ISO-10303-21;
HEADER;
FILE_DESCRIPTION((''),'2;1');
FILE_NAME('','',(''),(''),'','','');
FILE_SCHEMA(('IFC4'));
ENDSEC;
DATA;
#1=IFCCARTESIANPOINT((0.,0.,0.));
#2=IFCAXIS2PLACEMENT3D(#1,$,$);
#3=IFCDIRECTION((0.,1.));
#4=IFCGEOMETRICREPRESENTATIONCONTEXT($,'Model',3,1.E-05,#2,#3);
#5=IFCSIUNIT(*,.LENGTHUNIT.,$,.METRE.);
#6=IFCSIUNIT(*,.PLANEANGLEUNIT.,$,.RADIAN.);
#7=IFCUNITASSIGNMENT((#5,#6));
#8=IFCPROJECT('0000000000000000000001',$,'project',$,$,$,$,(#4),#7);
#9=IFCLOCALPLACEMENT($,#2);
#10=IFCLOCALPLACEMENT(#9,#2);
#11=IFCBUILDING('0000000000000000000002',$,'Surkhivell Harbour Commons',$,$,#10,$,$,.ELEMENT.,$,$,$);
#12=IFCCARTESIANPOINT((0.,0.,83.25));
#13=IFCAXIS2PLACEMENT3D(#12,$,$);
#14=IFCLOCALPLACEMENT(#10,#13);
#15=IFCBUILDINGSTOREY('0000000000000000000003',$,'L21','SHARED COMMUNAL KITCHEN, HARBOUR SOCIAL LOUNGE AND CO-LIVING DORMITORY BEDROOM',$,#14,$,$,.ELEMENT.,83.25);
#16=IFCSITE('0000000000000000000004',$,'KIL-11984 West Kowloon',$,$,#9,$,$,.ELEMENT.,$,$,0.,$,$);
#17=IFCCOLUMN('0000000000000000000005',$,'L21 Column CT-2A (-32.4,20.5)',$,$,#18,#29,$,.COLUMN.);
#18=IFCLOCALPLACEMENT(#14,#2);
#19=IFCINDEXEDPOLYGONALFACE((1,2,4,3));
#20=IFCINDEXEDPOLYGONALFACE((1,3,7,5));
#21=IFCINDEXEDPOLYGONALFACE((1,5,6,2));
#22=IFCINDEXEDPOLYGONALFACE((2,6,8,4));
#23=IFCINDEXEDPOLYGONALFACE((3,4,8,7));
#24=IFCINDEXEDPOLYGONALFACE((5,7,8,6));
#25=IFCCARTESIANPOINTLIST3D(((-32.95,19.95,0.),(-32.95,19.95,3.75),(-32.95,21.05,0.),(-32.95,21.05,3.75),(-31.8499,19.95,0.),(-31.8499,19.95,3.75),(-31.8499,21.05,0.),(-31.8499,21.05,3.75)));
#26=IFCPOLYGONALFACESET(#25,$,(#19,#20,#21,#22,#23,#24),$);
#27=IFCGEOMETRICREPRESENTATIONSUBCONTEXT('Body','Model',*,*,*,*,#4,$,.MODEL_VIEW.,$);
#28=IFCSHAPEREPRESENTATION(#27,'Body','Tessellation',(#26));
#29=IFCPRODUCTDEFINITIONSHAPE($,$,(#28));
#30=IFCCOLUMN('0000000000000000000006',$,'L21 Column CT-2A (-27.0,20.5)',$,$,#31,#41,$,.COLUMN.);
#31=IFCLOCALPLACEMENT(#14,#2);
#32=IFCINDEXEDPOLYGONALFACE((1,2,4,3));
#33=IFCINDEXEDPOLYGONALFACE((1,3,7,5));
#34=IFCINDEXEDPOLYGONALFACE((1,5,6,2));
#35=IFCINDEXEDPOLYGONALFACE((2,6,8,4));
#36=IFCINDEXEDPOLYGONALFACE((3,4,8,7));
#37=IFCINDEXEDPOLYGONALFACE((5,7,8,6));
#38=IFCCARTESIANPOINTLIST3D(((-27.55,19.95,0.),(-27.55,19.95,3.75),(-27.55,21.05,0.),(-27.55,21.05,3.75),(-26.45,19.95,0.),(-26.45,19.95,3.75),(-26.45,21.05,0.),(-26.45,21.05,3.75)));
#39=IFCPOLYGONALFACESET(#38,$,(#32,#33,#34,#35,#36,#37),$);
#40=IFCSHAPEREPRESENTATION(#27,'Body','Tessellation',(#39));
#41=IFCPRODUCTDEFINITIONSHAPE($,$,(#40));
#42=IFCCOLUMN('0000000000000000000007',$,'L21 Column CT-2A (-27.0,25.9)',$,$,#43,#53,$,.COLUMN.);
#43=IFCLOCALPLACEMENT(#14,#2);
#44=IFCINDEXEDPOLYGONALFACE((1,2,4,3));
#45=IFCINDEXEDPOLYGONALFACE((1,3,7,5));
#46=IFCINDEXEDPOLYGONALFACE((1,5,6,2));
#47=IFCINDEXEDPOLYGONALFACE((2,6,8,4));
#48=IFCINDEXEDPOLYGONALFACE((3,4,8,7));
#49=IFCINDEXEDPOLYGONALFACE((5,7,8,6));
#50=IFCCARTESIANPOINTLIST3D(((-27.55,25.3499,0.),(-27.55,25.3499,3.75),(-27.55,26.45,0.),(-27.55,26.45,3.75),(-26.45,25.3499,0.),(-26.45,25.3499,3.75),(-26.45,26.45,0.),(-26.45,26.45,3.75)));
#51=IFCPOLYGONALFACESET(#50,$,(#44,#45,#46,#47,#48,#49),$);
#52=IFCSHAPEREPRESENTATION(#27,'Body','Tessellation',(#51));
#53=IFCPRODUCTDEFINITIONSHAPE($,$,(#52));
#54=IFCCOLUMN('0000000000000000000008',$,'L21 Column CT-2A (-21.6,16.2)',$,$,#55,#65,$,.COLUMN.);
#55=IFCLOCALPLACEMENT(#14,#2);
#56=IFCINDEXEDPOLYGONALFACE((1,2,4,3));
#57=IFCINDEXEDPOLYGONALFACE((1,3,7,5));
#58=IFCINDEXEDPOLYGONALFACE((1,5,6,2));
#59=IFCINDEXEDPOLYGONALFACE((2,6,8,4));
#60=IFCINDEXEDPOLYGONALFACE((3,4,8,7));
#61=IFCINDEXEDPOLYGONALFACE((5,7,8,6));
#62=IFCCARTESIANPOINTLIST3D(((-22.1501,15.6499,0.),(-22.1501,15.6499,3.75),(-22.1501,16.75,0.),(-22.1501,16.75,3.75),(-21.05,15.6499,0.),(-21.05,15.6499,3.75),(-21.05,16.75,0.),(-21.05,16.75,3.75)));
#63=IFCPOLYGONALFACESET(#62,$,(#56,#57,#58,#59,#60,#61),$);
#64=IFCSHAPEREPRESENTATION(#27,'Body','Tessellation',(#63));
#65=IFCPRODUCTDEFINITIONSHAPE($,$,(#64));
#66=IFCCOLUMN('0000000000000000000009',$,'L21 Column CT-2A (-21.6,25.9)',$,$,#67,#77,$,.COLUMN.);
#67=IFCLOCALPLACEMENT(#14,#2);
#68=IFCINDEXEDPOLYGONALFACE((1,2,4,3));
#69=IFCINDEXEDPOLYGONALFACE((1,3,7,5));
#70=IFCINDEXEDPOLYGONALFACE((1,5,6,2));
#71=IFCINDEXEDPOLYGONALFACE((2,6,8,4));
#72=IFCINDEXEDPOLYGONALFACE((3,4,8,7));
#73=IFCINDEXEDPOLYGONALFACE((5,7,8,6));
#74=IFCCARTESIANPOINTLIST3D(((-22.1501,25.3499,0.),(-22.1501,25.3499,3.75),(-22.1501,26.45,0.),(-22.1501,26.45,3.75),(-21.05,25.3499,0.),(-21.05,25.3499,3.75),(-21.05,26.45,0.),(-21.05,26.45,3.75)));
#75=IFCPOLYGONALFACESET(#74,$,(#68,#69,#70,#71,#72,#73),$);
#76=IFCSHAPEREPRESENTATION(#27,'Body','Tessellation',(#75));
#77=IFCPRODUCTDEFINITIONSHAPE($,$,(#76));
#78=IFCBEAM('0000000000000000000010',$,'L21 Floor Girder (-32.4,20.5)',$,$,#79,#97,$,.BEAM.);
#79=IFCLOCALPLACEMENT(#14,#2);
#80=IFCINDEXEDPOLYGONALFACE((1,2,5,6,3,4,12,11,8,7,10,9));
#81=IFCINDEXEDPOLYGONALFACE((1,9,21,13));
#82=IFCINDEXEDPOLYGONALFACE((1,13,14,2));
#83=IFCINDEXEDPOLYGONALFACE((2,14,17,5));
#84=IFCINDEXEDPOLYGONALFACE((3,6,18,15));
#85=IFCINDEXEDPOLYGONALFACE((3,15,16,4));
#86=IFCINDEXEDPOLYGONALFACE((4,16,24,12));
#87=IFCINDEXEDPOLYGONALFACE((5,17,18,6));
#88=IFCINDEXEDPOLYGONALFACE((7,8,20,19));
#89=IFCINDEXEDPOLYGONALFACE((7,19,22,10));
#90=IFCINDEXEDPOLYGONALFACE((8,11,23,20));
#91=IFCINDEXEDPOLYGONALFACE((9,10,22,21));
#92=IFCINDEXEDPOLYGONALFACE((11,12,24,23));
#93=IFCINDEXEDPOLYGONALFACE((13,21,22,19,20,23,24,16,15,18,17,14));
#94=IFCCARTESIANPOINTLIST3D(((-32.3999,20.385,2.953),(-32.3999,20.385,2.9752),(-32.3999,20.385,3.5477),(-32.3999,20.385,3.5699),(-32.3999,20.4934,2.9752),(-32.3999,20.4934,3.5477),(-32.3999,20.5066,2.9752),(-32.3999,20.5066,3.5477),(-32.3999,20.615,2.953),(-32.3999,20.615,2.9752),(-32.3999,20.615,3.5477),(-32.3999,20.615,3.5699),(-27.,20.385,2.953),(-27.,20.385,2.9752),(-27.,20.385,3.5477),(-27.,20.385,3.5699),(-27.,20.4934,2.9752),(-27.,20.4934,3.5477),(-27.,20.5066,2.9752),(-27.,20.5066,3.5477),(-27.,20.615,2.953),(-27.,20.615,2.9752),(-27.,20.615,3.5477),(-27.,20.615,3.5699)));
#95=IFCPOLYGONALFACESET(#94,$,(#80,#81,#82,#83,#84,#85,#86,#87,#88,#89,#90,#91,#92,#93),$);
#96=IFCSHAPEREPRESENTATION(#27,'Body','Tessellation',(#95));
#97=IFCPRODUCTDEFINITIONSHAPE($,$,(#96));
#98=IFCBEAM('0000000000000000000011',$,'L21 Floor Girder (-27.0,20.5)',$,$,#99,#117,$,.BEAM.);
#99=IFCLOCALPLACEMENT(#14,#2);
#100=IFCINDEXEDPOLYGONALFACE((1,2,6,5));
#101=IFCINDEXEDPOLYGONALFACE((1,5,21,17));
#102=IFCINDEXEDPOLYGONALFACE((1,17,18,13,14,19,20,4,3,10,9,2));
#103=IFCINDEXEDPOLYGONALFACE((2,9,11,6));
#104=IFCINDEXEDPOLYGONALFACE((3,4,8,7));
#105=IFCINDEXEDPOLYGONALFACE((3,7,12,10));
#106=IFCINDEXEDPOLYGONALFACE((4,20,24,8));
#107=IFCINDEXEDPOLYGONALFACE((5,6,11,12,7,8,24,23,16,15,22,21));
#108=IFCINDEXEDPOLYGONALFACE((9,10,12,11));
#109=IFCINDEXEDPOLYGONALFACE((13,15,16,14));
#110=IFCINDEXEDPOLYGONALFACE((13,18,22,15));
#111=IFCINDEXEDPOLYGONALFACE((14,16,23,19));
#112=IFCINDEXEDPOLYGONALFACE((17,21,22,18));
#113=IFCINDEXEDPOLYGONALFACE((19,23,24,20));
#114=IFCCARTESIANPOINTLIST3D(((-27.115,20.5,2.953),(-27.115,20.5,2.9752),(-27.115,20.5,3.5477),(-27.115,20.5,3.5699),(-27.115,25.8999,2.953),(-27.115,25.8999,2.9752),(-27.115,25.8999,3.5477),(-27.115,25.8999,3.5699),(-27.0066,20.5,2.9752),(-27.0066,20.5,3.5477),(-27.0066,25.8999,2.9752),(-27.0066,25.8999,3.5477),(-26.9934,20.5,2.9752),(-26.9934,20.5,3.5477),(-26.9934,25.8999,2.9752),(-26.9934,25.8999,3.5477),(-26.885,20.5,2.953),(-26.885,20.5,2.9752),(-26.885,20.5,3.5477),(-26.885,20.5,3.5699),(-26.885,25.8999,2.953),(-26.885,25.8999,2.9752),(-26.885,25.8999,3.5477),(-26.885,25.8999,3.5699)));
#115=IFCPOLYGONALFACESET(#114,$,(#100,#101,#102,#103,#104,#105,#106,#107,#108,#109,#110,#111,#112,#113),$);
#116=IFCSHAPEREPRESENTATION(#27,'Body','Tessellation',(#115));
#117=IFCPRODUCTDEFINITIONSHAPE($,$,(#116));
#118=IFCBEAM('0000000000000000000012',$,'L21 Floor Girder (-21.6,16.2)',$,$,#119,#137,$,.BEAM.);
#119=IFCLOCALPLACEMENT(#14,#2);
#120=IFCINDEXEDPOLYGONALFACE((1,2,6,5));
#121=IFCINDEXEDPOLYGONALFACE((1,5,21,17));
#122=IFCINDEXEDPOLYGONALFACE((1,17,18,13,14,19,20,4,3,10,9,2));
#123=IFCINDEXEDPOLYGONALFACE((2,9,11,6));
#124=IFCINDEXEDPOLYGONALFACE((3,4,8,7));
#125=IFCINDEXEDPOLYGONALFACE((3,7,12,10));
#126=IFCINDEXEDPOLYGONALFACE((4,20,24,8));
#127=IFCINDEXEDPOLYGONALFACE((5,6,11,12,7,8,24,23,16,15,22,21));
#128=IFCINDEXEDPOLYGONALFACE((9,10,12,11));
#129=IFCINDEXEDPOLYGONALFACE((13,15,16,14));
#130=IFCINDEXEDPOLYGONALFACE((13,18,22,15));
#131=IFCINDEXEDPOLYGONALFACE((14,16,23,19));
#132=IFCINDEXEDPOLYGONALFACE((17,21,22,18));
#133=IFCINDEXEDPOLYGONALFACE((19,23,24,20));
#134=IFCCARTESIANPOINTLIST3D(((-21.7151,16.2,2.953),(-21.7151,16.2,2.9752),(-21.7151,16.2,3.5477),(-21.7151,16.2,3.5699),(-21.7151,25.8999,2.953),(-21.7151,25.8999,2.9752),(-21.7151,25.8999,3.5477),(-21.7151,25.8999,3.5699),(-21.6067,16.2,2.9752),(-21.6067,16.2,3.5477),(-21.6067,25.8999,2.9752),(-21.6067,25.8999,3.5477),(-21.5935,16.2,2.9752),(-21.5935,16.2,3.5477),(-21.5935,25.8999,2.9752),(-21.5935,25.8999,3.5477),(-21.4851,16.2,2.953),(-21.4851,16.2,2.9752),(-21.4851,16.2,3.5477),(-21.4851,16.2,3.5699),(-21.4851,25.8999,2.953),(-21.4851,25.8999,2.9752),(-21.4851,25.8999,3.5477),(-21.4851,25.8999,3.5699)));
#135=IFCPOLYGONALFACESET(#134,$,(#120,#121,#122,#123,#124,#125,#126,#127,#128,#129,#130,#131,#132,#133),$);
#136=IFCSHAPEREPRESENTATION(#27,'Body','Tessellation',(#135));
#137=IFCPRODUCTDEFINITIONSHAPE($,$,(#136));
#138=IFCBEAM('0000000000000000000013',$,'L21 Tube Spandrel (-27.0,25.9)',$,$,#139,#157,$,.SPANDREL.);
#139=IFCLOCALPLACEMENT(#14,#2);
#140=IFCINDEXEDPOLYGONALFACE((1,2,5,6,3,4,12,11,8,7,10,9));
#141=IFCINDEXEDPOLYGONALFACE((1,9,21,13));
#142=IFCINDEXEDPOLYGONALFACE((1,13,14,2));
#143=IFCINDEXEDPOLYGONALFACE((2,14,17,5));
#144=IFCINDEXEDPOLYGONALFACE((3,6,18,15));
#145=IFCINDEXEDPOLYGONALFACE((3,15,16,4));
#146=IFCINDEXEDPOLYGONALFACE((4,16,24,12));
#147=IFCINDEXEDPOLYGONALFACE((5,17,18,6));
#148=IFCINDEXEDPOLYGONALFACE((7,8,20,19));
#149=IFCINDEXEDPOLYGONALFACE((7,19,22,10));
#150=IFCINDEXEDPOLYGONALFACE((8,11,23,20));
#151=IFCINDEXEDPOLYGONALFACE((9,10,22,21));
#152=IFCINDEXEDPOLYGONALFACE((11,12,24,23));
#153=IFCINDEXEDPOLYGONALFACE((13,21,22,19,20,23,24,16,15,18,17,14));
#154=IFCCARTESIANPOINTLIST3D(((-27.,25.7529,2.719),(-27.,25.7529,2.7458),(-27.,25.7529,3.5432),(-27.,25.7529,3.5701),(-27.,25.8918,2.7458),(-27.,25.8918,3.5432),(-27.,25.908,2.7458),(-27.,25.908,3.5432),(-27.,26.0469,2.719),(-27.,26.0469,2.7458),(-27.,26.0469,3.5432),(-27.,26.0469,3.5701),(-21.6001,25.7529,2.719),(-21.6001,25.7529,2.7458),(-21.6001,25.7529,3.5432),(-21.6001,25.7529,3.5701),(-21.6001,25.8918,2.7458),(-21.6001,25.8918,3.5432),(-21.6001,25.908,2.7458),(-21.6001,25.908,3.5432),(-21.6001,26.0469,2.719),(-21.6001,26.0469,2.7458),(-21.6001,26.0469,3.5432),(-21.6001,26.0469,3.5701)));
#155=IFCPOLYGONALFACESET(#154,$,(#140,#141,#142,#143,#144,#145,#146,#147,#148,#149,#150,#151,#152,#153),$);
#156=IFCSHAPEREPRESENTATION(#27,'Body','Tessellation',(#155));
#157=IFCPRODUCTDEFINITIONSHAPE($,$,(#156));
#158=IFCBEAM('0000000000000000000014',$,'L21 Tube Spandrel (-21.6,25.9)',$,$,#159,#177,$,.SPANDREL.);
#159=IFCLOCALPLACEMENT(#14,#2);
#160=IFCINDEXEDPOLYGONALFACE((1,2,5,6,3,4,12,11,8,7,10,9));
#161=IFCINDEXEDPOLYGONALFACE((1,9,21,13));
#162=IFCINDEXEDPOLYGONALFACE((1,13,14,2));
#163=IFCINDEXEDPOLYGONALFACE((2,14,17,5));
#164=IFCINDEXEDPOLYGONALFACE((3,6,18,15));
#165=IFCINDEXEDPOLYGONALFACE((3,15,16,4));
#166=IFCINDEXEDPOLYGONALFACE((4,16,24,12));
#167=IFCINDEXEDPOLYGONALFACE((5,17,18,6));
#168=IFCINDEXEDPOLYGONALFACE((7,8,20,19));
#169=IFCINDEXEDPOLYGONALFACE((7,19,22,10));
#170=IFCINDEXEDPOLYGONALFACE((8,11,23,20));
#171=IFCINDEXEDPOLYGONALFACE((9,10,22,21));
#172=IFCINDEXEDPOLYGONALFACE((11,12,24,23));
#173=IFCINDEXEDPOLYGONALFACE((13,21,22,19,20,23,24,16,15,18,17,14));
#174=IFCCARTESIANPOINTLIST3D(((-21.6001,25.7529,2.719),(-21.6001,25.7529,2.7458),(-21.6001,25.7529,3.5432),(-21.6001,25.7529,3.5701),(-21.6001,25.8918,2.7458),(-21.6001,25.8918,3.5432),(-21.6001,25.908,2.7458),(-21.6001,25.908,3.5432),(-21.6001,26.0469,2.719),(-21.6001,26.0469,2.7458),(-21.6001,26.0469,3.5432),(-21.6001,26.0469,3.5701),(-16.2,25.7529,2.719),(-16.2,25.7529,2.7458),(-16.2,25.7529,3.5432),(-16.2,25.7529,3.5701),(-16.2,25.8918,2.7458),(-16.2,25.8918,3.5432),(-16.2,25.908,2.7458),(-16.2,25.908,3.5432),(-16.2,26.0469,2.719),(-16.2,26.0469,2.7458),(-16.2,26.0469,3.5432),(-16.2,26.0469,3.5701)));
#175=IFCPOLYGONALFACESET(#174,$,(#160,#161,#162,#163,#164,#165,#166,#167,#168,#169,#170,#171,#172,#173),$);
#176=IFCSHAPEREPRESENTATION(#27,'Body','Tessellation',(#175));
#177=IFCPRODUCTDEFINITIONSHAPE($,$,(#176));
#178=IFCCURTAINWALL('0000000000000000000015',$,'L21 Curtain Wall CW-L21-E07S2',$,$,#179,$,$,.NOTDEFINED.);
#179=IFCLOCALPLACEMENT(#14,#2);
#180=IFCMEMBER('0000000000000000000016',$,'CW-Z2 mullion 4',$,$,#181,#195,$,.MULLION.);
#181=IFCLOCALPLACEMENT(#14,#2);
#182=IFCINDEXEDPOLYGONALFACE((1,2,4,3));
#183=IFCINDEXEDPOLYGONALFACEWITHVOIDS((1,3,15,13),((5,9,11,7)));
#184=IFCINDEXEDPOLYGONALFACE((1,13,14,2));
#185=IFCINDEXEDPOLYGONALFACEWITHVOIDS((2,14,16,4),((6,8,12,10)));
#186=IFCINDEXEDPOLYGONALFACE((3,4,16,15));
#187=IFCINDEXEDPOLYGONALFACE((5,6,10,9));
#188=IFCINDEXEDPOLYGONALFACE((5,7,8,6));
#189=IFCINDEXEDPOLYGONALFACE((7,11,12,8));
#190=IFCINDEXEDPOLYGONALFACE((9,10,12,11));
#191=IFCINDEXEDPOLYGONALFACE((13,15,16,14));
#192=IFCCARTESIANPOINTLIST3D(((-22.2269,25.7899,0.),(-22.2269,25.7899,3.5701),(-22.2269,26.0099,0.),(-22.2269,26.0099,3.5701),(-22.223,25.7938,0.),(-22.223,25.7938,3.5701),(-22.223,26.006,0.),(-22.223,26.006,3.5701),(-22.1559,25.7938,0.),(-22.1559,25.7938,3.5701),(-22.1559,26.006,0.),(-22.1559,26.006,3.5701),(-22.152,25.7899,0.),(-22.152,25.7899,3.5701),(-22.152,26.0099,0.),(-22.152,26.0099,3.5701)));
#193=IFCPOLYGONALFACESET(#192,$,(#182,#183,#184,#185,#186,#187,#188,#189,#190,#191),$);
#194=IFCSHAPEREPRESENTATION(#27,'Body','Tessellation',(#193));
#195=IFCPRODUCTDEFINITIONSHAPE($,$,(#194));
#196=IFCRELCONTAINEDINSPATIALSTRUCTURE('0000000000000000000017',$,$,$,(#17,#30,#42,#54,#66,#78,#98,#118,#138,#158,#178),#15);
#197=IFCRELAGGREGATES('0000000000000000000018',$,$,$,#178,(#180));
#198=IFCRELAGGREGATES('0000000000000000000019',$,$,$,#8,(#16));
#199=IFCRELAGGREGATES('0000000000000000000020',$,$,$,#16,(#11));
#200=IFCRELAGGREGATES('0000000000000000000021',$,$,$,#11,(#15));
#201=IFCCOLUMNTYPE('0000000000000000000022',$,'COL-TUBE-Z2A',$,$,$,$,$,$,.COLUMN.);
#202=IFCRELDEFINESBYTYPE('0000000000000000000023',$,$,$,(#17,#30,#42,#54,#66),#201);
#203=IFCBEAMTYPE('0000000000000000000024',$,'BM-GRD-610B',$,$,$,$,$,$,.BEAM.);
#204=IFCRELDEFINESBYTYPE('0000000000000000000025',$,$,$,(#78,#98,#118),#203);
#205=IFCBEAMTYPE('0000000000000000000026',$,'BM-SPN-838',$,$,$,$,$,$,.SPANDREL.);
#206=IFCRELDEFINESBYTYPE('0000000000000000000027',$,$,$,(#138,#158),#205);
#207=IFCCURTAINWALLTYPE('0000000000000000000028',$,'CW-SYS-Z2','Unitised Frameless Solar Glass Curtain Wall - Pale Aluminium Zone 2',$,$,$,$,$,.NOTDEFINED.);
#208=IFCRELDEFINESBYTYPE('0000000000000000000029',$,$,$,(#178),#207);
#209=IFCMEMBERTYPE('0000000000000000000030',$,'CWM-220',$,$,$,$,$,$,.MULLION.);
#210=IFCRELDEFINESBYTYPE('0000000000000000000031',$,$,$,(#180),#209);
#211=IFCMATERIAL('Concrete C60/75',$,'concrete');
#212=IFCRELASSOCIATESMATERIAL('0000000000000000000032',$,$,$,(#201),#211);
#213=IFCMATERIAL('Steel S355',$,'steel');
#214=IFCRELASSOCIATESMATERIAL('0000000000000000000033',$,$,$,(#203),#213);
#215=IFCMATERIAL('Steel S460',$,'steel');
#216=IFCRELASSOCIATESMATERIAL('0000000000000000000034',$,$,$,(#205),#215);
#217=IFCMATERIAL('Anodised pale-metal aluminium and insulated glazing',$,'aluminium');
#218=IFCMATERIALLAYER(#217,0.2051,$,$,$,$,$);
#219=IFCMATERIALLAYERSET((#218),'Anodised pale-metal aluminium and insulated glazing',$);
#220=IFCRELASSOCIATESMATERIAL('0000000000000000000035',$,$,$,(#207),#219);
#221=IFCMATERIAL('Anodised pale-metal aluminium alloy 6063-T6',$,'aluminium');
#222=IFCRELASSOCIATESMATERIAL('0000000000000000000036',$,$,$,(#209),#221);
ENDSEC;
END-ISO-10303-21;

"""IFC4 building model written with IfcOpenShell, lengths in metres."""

from ifc_helpers import new_model, si_unit, direction, frame, origin, origin_2d, place, context, subcontext, project, spatial, rectangle, hollow_rectangle, i_section, extrude, material, layer, layer_set, material_profile, profile_set, type_object, element, aggregate, save


model = new_model("IFC4")

# Units and contexts
model_context = context("Model", 3, precision=1e-05, world=origin(), true_north=direction((0.0, 1.0)))
body_context = subcontext(model_context, "Body", "Model", "MODEL_VIEW")
ifc_project = project(units=[si_unit("LENGTHUNIT", "METRE"), si_unit("PLANEANGLEUNIT", "RADIAN")], contexts=[model_context])

# Site, building, storey
site_placement = place(None, origin())
site = spatial("IfcSite", under=ifc_project, at=site_placement, Name="KIL-11984 West Kowloon", CompositionType="ELEMENT", RefElevation=0.0)
building_placement = place(site_placement, origin())
building = spatial("IfcBuilding", under=site, at=building_placement, Name="Surkhivell Harbour Commons", CompositionType="ELEMENT")
storey_placement = place(building_placement, frame((0.0, 0.0, 83.25)))
storey = spatial("IfcBuildingStorey", under=building, at=storey_placement, Name="L21", Description="SHARED COMMUNAL KITCHEN, HARBOUR SOCIAL LOUNGE AND CO-LIVING DORMITORY BEDROOM", CompositionType="ELEMENT", Elevation=83.25)

# Columns
ifc_material_1 = material(Name="Concrete C60/75", Category="concrete")
ifc_material_profile_1 = material_profile(ifc_material_1, rectangle(XDim=1.1001, YDim=1.1001, at=origin_2d()), Name="RC-COL-1100x1100")
ifc_profile_set_1 = profile_set([ifc_material_profile_1], Name="Concrete C60/75")
column_type = type_object("IfcColumnType", Name="COL-TUBE-Z2A", PredefinedType="COLUMN", material=ifc_profile_set_1)
for number, where, z_axis, x_axis, name in (
    (1, (-32.3999, 20.5, 0.0), (0.0, 0.0, 1.0), (1.0, 0.0, 0.0), "L21 Column CT-2A (-32.4,20.5)"),
    (2, (-27.0, 20.5, 0.0), (0.0, 0.0, 1.0), (1.0, 0.0, 0.0), "L21 Column CT-2A (-27.0,20.5)"),
    (3, (-27.0, 25.8999, 0.0), (0.0, 0.0, 1.0), (1.0, 0.0, 0.0), "L21 Column CT-2A (-27.0,25.9)"),
    (4, (-21.6001, 16.2, 0.0), (0.0, 0.0, 1.0), (1.0, 0.0, 0.0), "L21 Column CT-2A (-21.6,16.2)"),
    (5, (-21.6001, 25.8999, 0.0), (0.0, 0.0, 1.0), (1.0, 0.0, 0.0), "L21 Column CT-2A (-21.6,25.9)"),
):
    element("IfcColumn", number, at=place(storey_placement, frame(where, z_axis=z_axis, x_axis=x_axis)), inside=storey, type_object=column_type, Name=name, PredefinedType="COLUMN", context=body_context, shape_type="SweptSolid", body=[
        extrude(rectangle(XDim=1.1001, YDim=1.1001, at=origin_2d()), origin(), (0.0, 0.0, 1.0), 3.75),
    ])

# Beams
ifc_material_2 = material(Name="Steel S355", Category="steel")
ifc_material_profile_2 = material_profile(ifc_material_2, i_section(OverallWidth=0.23, OverallDepth=0.6169, WebThickness=0.0132, FlangeThickness=0.0222, at=origin_2d()), Name="UB610x229x140")
ifc_profile_set_2 = profile_set([ifc_material_profile_2], Name="Steel S355")
beam_type_1 = type_object("IfcBeamType", Name="BM-GRD-610B", PredefinedType="BEAM", material=ifc_profile_set_2)
for number, where, z_axis, x_axis, name in (
    (6, (-32.3999, 20.5, 3.2615), (1.0, 0.0, 0.0), (0.0, 1.0, 0.0), "L21 Floor Girder (-32.4,20.5)"),
    (7, (-27.0, 20.5, 3.2615), (0.0, 1.0, 0.0), (-1.0, 0.0, 0.0), "L21 Floor Girder (-27.0,20.5)"),
):
    element("IfcBeam", number, at=place(storey_placement, frame(where, z_axis=z_axis, x_axis=x_axis)), inside=storey, type_object=beam_type_1, Name=name, PredefinedType="BEAM", context=body_context, shape_type="SweptSolid", body=[
        extrude(i_section(OverallWidth=0.23, OverallDepth=0.6169, WebThickness=0.0132, FlangeThickness=0.0222, at=origin_2d()), origin(), (0.0, 0.0, 1.0), 5.3999),
    ])
beam_1_placement = place(storey_placement, frame((-21.6001, 16.2, 3.2615), z_axis=(0.0, 1.0, 0.0), x_axis=(-1.0, 0.0, 0.0)))
element("IfcBeam", 8, at=beam_1_placement, inside=storey, type_object=beam_type_1, Name="L21 Floor Girder (-21.6,16.2)", PredefinedType="BEAM", context=body_context, shape_type="SweptSolid", body=[
    extrude(i_section(OverallWidth=0.23, OverallDepth=0.6169, WebThickness=0.0132, FlangeThickness=0.0222, at=origin_2d()), origin(), (0.0, 0.0, 1.0), 9.7),
])
ifc_material_3 = material(Name="Steel S460", Category="steel")
ifc_material_profile_3 = material_profile(ifc_material_3, i_section(OverallWidth=0.2939, OverallDepth=0.8511, WebThickness=0.0161, FlangeThickness=0.0269, at=origin_2d()), Name="UB838x292x226")
ifc_profile_set_3 = profile_set([ifc_material_profile_3], Name="Steel S460")
beam_type_2 = type_object("IfcBeamType", Name="BM-SPN-838", PredefinedType="SPANDREL", material=ifc_profile_set_3)
beam_2_placement = place(storey_placement, frame((-27.0, 25.8999, 3.1445), z_axis=(1.0, 0.0, 0.0), x_axis=(0.0, 1.0, 0.0)))
element("IfcBeam", 9, at=beam_2_placement, inside=storey, type_object=beam_type_2, Name="L21 Tube Spandrel (-27.0,25.9)", PredefinedType="SPANDREL", context=body_context, shape_type="SweptSolid", body=[
    extrude(i_section(OverallWidth=0.2939, OverallDepth=0.8511, WebThickness=0.0161, FlangeThickness=0.0269, at=origin_2d()), origin(), (0.0, 0.0, 1.0), 5.3999),
])
beam_3_placement = place(storey_placement, frame((-21.6001, 25.8999, 3.1445), z_axis=(1.0, 0.0, 0.0), x_axis=(0.0, 1.0, 0.0)))
element("IfcBeam", 10, at=beam_3_placement, inside=storey, type_object=beam_type_2, Name="L21 Tube Spandrel (-21.6,25.9)", PredefinedType="SPANDREL", context=body_context, shape_type="SweptSolid", body=[
    extrude(i_section(OverallWidth=0.2939, OverallDepth=0.8511, WebThickness=0.0161, FlangeThickness=0.0269, at=origin_2d()), origin(), (0.0, 0.0, 1.0), 5.4001),
])

# Curtain wall, member
ifc_material_4 = material(Name="Anodised pale-metal aluminium and insulated glazing", Category="aluminium")
ifc_layer_1 = layer(ifc_material_4, 0.2051)
ifc_layer_set_1 = layer_set([ifc_layer_1], Name="Anodised pale-metal aluminium and insulated glazing")
curtain_wall_type = type_object("IfcCurtainWallType", Name="CW-SYS-Z2", Description="Unitised Frameless Solar Glass Curtain Wall - Pale Aluminium Zone 2", PredefinedType="NOTDEFINED", material=ifc_layer_set_1)
curtain_wall_1_placement = place(storey_placement, origin())
curtain_wall_1 = element("IfcCurtainWall", 11, at=curtain_wall_1_placement, inside=storey, type_object=curtain_wall_type, Name="L21 Curtain Wall CW-L21-E07S2", PredefinedType="NOTDEFINED")
ifc_material_5 = material(Name="Anodised pale-metal aluminium alloy 6063-T6", Category="aluminium")
ifc_material_profile_4 = material_profile(ifc_material_5, hollow_rectangle(XDim=0.075, YDim=0.22, WallThickness=0.0039, at=origin_2d()), Name="ALU-MULL-75x220")
ifc_profile_set_4 = profile_set([ifc_material_profile_4], Name="Anodised pale-metal aluminium alloy 6063-T6")
member_type_1 = type_object("IfcMemberType", Name="CWM-220", PredefinedType="MULLION", material=ifc_profile_set_4)
member_1_placement = place(storey_placement, frame((-22.1895, 25.8999, 0.0), z_axis=(0.0, 0.0, 1.0), x_axis=(-1.0, 0.0, 0.0)))
member_1 = element("IfcMember", 12, at=member_1_placement, type_object=member_type_1, Name="CW-Z2 mullion 4", PredefinedType="MULLION", context=body_context, shape_type="SweptSolid", body=[
    extrude(hollow_rectangle(XDim=0.075, YDim=0.22, WallThickness=0.0039, at=origin_2d()), origin(), (0.0, 0.0, 1.0), 3.5701),
])

aggregate(curtain_wall_1, [member_1])

save(model, "model.ifc")
